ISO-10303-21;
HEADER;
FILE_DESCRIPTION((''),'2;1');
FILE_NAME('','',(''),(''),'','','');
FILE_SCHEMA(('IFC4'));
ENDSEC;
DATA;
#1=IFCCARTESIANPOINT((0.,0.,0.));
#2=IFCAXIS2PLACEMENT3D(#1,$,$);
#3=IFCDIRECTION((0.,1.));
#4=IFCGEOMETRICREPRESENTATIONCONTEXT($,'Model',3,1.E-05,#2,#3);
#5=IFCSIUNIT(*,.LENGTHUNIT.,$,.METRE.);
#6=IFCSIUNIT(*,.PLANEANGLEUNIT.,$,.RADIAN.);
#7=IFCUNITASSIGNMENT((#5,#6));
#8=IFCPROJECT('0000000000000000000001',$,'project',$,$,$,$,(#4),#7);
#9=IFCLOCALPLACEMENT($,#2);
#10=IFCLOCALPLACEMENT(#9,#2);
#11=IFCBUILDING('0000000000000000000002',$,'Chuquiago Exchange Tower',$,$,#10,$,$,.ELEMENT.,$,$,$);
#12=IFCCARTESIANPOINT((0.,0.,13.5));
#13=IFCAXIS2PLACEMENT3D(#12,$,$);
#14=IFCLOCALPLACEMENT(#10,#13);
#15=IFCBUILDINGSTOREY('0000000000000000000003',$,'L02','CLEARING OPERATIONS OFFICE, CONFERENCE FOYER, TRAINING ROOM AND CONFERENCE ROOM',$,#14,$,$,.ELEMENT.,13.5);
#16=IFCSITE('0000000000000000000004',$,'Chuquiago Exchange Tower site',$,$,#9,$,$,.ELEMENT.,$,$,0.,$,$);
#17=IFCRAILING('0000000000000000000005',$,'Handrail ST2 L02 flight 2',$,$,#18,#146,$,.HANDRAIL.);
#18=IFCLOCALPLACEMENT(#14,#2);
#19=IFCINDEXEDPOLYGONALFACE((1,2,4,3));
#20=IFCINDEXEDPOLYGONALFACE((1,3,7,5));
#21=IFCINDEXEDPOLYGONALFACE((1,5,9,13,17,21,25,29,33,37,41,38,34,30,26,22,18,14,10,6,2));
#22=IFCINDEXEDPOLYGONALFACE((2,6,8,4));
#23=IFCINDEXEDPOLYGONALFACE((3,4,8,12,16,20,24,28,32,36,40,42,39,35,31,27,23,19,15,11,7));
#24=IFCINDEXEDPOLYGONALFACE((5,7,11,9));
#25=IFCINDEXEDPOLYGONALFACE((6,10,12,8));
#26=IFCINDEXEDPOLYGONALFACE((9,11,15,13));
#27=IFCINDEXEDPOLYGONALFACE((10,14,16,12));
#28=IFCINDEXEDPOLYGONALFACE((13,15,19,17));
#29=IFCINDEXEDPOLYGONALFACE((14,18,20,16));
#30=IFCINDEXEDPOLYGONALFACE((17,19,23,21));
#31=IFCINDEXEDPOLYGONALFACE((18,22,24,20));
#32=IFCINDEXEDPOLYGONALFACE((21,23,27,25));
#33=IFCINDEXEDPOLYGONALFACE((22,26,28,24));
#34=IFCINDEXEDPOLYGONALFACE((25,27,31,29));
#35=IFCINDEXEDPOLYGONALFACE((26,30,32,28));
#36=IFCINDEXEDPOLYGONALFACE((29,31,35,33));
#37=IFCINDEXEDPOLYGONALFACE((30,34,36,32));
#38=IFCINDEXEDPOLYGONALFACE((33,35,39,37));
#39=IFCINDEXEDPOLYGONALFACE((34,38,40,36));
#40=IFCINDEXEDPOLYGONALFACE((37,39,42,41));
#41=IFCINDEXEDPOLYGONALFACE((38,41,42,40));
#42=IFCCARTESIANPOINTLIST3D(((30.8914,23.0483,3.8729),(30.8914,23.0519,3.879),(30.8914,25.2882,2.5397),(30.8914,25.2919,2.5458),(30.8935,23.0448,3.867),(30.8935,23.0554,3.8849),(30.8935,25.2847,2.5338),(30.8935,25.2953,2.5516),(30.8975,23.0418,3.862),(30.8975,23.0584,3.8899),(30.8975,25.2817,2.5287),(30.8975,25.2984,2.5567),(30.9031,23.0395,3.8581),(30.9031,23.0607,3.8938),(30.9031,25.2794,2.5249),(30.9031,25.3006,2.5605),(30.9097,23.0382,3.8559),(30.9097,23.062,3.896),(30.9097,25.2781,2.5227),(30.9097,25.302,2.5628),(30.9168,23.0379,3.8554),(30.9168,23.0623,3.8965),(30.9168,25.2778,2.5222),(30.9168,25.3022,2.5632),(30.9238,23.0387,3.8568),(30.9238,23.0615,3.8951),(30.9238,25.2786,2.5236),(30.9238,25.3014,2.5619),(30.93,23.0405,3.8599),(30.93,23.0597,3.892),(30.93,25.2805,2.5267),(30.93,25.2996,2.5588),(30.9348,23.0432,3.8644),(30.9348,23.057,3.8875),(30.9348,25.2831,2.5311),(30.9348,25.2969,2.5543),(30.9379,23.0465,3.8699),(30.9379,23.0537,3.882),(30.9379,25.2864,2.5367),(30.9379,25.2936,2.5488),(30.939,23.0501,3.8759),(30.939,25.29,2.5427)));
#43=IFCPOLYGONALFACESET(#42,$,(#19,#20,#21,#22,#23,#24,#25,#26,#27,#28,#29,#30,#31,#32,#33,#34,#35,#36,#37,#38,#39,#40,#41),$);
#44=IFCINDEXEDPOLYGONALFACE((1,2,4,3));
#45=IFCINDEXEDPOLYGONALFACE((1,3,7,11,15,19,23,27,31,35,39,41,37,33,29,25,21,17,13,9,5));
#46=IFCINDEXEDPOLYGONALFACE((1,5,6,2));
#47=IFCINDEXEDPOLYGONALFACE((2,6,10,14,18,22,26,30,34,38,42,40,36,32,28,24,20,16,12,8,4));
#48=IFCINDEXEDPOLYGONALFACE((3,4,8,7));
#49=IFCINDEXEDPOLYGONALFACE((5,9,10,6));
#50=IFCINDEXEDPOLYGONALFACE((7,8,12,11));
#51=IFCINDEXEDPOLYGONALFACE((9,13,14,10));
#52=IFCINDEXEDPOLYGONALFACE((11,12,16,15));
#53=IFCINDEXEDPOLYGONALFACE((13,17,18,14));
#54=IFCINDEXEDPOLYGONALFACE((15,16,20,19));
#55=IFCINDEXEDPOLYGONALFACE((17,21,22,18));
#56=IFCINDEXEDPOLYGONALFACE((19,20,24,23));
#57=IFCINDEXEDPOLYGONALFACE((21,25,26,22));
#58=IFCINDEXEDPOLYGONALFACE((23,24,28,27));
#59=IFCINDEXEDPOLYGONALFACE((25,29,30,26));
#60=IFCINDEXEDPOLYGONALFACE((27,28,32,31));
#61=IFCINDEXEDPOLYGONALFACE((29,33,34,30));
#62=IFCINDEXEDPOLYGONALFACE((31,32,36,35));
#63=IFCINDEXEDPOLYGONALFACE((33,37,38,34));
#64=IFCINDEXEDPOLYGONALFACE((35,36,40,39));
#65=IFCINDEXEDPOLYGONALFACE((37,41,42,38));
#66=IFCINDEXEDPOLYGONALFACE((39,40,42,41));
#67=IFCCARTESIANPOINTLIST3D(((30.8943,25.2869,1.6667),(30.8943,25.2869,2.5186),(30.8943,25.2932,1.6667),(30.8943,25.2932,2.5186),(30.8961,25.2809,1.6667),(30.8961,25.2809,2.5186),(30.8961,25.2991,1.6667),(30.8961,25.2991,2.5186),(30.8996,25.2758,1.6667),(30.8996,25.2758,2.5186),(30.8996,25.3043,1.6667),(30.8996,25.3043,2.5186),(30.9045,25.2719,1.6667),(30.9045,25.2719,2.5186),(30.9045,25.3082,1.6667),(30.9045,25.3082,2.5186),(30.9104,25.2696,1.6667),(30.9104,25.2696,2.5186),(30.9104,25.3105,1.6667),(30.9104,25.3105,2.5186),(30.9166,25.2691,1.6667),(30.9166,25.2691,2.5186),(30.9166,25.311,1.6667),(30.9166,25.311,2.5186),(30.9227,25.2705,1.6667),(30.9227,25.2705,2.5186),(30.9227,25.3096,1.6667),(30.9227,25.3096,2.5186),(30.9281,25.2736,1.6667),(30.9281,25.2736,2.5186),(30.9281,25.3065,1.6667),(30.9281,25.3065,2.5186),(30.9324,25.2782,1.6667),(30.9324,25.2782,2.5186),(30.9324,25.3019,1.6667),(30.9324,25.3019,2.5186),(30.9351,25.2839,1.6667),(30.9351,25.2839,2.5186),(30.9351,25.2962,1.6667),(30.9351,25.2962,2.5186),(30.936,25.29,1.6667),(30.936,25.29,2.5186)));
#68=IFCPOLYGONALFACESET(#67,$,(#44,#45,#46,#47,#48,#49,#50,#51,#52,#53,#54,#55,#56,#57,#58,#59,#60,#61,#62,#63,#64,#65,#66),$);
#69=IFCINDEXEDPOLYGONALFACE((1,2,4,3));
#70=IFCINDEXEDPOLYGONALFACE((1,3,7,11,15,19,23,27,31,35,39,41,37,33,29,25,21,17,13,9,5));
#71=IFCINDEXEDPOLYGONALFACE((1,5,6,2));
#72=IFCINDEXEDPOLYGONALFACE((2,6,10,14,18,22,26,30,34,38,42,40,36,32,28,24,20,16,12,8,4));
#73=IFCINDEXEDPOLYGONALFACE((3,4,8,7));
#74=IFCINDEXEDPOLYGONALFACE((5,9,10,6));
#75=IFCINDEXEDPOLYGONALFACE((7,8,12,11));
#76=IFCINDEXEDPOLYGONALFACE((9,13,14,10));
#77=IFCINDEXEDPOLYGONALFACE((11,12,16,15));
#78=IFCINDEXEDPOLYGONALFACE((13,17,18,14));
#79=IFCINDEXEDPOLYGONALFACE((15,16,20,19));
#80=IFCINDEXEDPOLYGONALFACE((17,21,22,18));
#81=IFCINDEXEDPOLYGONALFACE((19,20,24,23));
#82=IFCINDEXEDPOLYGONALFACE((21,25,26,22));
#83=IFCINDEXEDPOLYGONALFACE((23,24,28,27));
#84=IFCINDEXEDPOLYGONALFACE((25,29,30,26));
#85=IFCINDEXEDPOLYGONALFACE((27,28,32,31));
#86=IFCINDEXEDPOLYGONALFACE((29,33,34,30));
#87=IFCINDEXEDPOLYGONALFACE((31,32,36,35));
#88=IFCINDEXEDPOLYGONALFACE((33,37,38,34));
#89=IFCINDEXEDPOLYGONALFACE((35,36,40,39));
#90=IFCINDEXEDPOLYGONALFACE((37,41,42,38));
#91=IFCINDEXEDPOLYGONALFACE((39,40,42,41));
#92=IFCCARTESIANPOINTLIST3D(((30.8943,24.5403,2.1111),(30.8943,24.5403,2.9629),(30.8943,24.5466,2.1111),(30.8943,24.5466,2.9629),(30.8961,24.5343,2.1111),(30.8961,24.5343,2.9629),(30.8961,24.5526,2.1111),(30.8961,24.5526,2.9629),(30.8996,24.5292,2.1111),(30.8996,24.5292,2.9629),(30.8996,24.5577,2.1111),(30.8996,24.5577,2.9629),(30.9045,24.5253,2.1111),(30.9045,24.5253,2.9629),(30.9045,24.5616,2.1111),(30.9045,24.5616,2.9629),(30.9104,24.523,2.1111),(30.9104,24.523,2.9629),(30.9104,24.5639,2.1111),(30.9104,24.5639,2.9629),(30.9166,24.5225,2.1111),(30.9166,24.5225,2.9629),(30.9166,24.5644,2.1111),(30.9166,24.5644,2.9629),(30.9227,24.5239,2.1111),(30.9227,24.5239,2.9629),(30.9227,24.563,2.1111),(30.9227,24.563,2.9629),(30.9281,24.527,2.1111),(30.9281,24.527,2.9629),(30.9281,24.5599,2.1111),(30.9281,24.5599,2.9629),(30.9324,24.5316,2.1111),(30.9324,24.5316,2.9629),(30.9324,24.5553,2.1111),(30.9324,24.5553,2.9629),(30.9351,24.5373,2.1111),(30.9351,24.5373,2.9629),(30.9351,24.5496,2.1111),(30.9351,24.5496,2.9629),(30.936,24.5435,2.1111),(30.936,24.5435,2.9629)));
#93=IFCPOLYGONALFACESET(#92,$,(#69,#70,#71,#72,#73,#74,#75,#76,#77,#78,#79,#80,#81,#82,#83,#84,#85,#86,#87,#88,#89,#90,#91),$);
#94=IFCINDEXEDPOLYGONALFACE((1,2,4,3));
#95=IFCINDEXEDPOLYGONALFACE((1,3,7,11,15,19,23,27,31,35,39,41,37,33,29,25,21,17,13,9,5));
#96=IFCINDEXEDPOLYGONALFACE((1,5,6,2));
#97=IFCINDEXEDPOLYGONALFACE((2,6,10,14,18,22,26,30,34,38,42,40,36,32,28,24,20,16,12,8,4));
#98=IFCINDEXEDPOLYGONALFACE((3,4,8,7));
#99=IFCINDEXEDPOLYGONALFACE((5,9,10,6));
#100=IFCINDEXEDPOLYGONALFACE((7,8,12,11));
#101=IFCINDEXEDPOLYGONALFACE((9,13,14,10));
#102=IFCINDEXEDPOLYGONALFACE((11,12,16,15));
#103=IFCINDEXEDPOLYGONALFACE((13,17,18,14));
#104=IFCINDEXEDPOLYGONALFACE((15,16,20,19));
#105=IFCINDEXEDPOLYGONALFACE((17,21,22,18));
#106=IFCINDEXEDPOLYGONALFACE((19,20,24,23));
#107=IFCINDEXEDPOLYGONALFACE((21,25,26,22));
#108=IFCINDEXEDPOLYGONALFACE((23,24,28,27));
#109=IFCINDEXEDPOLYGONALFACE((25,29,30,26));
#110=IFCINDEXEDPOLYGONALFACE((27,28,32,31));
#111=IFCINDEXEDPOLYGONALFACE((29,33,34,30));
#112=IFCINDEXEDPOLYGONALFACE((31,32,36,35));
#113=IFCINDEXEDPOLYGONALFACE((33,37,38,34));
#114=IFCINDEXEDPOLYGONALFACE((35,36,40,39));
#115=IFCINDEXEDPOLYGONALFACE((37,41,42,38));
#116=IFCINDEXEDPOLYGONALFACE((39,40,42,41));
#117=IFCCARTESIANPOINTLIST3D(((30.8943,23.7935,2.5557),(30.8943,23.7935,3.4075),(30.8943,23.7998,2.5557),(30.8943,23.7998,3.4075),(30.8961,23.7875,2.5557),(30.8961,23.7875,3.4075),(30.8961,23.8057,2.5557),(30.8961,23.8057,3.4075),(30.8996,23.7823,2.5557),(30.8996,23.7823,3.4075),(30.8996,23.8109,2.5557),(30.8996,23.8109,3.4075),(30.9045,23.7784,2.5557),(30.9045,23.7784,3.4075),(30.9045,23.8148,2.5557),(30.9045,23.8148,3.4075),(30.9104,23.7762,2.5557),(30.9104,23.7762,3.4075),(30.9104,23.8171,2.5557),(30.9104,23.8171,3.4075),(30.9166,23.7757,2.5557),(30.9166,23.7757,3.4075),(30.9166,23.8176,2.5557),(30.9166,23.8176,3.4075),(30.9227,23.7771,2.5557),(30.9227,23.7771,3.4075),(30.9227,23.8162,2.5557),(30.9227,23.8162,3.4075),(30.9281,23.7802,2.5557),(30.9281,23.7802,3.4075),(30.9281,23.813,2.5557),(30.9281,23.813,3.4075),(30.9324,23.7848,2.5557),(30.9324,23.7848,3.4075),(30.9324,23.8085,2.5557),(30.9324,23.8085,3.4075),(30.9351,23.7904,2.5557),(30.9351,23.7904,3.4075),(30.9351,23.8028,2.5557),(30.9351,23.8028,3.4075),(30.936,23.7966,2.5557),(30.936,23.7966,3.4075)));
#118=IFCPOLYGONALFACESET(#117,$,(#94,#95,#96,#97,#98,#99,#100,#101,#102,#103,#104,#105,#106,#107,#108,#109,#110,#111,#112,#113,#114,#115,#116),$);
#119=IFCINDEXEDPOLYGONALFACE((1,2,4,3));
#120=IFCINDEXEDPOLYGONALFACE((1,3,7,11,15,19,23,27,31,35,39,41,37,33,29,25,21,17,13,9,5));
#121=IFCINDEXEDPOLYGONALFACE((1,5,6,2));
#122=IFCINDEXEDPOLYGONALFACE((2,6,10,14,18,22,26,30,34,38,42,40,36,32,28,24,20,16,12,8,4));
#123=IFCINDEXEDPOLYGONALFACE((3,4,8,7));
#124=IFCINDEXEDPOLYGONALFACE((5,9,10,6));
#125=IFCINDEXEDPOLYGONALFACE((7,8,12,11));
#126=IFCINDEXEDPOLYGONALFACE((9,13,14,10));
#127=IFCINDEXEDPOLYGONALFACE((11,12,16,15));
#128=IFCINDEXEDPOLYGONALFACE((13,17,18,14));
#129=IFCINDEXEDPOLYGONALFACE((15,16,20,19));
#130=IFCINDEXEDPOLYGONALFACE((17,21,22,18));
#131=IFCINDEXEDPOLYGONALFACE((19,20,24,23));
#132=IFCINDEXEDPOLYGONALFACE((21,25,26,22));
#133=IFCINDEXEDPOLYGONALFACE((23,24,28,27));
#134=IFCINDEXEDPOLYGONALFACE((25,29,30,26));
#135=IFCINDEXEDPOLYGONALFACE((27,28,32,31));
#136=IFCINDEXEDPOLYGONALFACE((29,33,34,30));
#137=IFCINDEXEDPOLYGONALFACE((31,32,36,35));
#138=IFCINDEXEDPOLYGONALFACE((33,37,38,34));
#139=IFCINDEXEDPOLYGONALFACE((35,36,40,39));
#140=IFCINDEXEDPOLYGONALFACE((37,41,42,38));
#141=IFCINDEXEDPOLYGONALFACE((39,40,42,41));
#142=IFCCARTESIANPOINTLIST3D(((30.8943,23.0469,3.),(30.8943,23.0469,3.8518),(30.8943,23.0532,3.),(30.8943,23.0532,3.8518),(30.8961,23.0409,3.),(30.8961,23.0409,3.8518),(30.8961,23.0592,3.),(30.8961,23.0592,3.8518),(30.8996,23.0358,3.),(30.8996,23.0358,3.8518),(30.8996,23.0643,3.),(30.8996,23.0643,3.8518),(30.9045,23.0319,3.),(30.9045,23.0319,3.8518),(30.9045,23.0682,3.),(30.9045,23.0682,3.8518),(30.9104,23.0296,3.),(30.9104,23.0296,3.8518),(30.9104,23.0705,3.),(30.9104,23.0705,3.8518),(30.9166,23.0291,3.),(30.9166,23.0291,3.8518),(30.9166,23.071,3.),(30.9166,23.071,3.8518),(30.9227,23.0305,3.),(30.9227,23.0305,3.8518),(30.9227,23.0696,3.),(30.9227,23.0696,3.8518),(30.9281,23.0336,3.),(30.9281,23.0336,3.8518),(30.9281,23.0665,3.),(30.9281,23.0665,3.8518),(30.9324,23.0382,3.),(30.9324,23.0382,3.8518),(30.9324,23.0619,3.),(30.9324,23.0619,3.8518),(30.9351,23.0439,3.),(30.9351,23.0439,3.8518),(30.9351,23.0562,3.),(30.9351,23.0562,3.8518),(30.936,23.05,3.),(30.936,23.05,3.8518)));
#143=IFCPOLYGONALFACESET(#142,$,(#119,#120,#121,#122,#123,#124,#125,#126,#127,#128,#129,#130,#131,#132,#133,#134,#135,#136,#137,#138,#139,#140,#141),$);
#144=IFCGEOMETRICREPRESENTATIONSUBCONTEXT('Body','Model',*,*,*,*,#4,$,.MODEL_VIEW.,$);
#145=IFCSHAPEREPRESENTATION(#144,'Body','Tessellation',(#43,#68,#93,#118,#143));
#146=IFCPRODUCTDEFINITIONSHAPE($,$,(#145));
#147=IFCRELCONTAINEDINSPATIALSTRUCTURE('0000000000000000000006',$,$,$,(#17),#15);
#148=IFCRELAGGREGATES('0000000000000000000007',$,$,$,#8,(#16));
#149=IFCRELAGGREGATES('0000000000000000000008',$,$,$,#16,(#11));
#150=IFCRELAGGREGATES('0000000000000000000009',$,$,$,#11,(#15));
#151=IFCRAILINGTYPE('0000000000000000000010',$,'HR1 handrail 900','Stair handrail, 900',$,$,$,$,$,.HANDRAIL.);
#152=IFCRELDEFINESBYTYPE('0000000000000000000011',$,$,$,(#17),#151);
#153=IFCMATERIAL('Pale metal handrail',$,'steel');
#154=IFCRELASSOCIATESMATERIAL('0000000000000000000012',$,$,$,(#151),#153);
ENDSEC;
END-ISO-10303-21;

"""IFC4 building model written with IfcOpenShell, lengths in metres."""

from ifc_helpers import new_model, si_unit, direction, frame, origin, origin_2d, place, context, subcontext, project, spatial, circle, extrude, material, type_object, element, save


model = new_model("IFC4")

# Units and contexts
model_context = context("Model", 3, precision=1e-05, world=origin(), true_north=direction((0.0, 1.0)))
body_context = subcontext(model_context, "Body", "Model", "MODEL_VIEW")
ifc_project = project(units=[si_unit("LENGTHUNIT", "METRE"), si_unit("PLANEANGLEUNIT", "RADIAN")], contexts=[model_context])

# Site, building, storey
site_placement = place(None, origin())
site = spatial("IfcSite", under=ifc_project, at=site_placement, Name="Chuquiago Exchange Tower site", CompositionType="ELEMENT", RefElevation=0.0)
building_placement = place(site_placement, origin())
building = spatial("IfcBuilding", under=site, at=building_placement, Name="Chuquiago Exchange Tower", CompositionType="ELEMENT")
storey_placement = place(building_placement, frame((0.0, 0.0, 13.5)))
storey = spatial("IfcBuildingStorey", under=building, at=storey_placement, Name="L02", Description="CLEARING OPERATIONS OFFICE, CONFERENCE FOYER, TRAINING ROOM AND CONFERENCE ROOM", CompositionType="ELEMENT", Elevation=13.5)

# Railing
ifc_material_1 = material(Name="Pale metal handrail", Category="steel")
railing_type_1 = type_object("IfcRailingType", Name="HR1 handrail 900", Description="Stair handrail, 900", PredefinedType="HANDRAIL", material=ifc_material_1)
for number, where, name in (
    (1, (30.915, 25.29, 1.6667), "Handrail ST2 L02 flight 2"),
):
    element("IfcRailing", number, at=place(storey_placement, frame(where)), inside=storey, type_object=railing_type_1, Name=name, PredefinedType="HANDRAIL", context=body_context, shape_type="SweptSolid", body=[
        extrude(circle(Radius=0.0239, at=origin_2d()), frame((0.0, 0.0, 0.876), z_axis=(0.0, -0.859306, 0.511462), x_axis=(1.0, 0.0, 0.0)), (0.0, 0.0, 1.0), 2.6067),
        extrude(circle(Radius=0.021, at=origin_2d()), origin(), (0.0, 0.0, 1.0), 0.8518),
        extrude(circle(Radius=0.021, at=origin_2d()), frame((0.0, -0.7466, 0.4443)), (0.0, 0.0, 1.0), 0.8518),
        extrude(circle(Radius=0.021, at=origin_2d()), frame((0.0, -1.4934, 0.8889)), (0.0, 0.0, 1.0), 0.8518),
        extrude(circle(Radius=0.021, at=origin_2d()), frame((0.0, -2.24, 1.3333)), (0.0, 0.0, 1.0), 0.8518),
    ])

save(model, "model.ifc")
